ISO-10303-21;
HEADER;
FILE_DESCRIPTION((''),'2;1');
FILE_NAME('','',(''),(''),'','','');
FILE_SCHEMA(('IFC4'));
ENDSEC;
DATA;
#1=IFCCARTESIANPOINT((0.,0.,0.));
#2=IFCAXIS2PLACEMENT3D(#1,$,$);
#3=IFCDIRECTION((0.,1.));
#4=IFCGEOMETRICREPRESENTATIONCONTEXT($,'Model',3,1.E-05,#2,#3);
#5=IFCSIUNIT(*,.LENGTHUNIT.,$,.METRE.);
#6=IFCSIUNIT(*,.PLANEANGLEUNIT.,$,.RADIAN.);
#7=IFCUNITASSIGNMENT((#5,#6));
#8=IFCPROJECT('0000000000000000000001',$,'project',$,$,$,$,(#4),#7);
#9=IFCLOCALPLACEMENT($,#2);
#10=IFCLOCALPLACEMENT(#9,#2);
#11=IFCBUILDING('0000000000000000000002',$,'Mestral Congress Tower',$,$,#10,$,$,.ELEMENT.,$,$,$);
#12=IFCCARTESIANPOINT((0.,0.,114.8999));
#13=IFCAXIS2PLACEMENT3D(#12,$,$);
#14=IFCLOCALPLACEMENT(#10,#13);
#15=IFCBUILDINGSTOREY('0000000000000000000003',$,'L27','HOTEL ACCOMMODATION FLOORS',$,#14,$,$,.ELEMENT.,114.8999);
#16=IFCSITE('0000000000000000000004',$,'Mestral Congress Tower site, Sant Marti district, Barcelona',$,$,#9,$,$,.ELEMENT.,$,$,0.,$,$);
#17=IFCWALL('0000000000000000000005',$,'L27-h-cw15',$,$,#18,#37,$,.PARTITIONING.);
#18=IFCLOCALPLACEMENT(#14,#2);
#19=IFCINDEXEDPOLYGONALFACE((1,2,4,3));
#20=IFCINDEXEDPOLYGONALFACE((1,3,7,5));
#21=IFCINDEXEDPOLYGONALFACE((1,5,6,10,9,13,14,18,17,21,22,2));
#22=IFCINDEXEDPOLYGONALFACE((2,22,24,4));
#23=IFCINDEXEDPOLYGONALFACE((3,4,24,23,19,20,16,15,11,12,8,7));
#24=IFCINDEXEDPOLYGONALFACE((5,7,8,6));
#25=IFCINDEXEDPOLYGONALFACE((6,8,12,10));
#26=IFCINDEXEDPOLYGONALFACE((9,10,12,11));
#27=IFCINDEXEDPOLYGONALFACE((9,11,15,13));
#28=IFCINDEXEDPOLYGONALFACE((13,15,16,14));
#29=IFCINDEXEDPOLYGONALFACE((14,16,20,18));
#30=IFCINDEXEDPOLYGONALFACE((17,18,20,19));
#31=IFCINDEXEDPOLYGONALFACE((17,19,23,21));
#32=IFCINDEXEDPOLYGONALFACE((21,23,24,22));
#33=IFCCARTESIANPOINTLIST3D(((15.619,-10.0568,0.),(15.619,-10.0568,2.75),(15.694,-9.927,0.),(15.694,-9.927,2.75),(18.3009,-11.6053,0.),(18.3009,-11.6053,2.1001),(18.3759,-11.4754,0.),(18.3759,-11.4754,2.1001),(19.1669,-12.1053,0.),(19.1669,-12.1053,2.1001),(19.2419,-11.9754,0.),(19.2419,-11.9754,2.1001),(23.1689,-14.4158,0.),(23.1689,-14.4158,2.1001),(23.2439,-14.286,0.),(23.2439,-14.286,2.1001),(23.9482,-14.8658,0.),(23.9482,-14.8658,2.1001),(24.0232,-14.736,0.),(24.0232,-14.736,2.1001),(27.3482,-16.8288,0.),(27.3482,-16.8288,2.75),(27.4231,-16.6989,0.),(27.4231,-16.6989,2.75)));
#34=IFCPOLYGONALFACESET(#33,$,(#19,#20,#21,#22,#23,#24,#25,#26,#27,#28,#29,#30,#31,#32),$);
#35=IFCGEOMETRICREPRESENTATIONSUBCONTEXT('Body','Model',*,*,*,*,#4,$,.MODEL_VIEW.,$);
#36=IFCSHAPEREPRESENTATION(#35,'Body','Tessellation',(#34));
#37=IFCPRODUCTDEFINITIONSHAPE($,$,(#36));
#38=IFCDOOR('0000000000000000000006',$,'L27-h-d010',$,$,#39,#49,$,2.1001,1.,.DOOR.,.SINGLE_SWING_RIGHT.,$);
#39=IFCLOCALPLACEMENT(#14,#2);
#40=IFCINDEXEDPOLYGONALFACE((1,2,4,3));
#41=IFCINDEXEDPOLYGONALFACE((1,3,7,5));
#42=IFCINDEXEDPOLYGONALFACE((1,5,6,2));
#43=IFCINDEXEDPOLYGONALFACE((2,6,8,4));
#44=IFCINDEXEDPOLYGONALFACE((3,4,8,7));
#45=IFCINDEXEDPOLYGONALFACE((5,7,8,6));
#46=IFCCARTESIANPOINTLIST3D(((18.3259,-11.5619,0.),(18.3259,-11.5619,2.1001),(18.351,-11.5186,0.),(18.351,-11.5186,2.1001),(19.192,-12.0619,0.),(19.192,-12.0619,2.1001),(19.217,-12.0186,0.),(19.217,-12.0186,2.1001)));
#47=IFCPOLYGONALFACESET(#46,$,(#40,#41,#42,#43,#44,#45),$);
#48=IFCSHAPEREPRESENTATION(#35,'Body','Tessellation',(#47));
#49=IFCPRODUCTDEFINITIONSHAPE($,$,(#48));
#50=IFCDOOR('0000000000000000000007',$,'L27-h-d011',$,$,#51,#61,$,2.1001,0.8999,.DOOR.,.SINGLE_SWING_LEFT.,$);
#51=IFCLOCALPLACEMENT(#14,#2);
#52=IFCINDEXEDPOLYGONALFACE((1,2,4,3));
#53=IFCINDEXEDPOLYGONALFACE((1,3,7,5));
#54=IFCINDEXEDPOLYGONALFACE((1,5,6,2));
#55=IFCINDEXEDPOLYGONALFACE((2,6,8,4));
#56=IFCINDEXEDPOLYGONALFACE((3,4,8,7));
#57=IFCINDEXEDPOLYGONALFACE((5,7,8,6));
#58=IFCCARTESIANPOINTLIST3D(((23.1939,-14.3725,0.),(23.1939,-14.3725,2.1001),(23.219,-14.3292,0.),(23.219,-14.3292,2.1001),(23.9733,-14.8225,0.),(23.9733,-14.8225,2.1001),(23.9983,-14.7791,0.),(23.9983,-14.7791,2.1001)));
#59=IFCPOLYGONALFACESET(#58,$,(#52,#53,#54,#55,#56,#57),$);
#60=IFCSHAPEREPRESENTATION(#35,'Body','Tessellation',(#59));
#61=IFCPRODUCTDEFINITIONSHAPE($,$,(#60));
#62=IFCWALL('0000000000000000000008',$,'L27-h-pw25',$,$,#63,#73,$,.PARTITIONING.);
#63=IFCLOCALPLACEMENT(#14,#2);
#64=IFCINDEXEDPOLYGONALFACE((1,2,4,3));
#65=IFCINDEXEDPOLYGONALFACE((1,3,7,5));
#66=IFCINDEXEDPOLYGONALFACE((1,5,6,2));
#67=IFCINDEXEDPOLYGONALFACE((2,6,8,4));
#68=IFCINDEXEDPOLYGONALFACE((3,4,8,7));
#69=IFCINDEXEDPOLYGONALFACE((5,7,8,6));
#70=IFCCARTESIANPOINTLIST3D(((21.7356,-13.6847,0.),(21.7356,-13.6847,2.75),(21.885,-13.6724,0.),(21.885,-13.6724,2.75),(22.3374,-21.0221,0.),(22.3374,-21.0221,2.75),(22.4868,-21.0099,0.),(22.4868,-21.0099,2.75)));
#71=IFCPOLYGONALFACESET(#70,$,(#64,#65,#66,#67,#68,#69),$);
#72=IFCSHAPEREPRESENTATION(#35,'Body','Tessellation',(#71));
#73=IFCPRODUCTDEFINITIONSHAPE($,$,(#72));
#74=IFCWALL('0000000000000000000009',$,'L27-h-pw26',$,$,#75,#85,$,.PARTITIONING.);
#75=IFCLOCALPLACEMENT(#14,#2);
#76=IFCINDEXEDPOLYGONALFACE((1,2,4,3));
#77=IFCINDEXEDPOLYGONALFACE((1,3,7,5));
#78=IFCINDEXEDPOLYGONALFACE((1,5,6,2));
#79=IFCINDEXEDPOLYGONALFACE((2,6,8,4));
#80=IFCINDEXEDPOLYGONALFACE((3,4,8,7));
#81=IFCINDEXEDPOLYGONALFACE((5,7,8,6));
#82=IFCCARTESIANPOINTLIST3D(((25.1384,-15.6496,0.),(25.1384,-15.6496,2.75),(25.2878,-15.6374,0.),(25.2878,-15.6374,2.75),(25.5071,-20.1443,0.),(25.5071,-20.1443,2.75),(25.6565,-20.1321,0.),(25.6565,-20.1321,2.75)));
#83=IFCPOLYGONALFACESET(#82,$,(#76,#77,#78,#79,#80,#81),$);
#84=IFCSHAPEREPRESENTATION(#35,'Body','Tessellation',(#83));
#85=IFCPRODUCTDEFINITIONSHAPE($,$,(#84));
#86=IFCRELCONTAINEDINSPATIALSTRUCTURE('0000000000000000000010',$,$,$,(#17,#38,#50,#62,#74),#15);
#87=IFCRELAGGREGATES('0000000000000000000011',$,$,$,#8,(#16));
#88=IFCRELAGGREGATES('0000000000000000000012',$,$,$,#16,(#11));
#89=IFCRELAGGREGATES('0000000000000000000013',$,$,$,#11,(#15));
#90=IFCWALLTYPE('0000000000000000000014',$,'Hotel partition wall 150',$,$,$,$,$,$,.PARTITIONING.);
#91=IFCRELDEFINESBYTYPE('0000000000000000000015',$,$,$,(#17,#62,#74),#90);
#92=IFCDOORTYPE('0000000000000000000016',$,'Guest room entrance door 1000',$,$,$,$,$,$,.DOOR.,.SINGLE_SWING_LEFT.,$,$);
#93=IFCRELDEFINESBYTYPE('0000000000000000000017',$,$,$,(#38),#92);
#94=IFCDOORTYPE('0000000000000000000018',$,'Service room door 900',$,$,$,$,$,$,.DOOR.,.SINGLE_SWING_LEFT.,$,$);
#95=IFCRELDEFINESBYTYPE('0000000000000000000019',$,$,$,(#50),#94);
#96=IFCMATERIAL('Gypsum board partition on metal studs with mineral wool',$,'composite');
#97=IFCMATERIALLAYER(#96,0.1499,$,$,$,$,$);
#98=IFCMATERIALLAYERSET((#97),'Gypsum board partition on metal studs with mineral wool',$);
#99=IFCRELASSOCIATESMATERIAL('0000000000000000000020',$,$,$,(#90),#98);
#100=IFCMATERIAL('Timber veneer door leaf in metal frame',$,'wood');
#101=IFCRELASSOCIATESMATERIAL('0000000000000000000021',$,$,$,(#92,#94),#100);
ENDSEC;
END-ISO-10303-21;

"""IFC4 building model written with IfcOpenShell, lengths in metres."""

from ifc_helpers import new_model, si_unit, direction, frame, frame_2d, origin, place, context, subcontext, project, spatial, rectangle, extrude, material, layer, layer_set, type_object, element, fill, save


model = new_model("IFC4")

# Units and contexts
model_context = context("Model", 3, precision=1e-05, world=origin(), true_north=direction((0.0, 1.0)))
body_context = subcontext(model_context, "Body", "Model", "MODEL_VIEW")
ifc_project = project(units=[si_unit("LENGTHUNIT", "METRE"), si_unit("PLANEANGLEUNIT", "RADIAN")], contexts=[model_context])

# Site, building, storey
site_placement = place(None, origin())
site = spatial("IfcSite", under=ifc_project, at=site_placement, Name="Mestral Congress Tower site, Sant Marti district, Barcelona", CompositionType="ELEMENT", RefElevation=0.0)
building_placement = place(site_placement, origin())
building = spatial("IfcBuilding", under=site, at=building_placement, Name="Mestral Congress Tower", CompositionType="ELEMENT")
storey_placement = place(building_placement, frame((0.0, 0.0, 114.8999)))
storey = spatial("IfcBuildingStorey", under=building, at=storey_placement, Name="L27", Description="HOTEL ACCOMMODATION FLOORS", CompositionType="ELEMENT", Elevation=114.8999)

# Shared definitions
ifc_material_1 = material(Name="Gypsum board partition on metal studs with mineral wool", Category="composite")

# Wall, openings, doors
ifc_layer_1 = layer(ifc_material_1, 0.1499)
ifc_layer_set_1 = layer_set([ifc_layer_1], Name="Gypsum board partition on metal studs with mineral wool")
wall_type_1 = type_object("IfcWallType", Name="Hotel partition wall 150", PredefinedType="PARTITIONING", material=ifc_layer_set_1)
wall_1_placement = place(storey_placement, frame((27.3857, -16.7639, 0.0), z_axis=(0.0, 0.0, 1.0), x_axis=(-0.866023, 0.500005, 0.0)))
wall_1 = element("IfcWall", 1, at=wall_1_placement, inside=storey, type_object=wall_type_1, Name="L27-h-cw15", PredefinedType="PARTITIONING", context=body_context, shape_type="SweptSolid", body=[
    extrude(rectangle(XDim=13.5437, YDim=0.1499, at=frame_2d((6.772, 0.0))), origin(), (0.0, 0.0, 1.0), 2.75),
])
opening_1_placement = place(wall_1_placement, frame((9.447, 0.0, 0.0)))
opening_1 = element("IfcOpeningElement", 2, at=opening_1_placement, cuts=wall_1, PredefinedType="OPENING", context=body_context, shape_type="SweptSolid", body=[
    extrude(rectangle(XDim=1.0, YDim=2.1001, at=frame_2d((0.5, 1.05))), frame((0.0, 0.085, 0.0), z_axis=(0.0, -1.0, 0.0), x_axis=(1.0, 0.0, 0.0)), (0.0, 0.0, 1.0), 0.1699),
])
opening_2_placement = place(wall_1_placement, frame((3.926, 0.0, 0.0)))
opening_2 = element("IfcOpeningElement", 3, at=opening_2_placement, cuts=wall_1, PredefinedType="OPENING", context=body_context, shape_type="SweptSolid", body=[
    extrude(rectangle(XDim=0.8999, YDim=2.1001, at=frame_2d((0.45, 1.05))), frame((0.0, 0.085, 0.0), z_axis=(0.0, -1.0, 0.0), x_axis=(1.0, 0.0, 0.0)), (0.0, 0.0, 1.0), 0.1699),
])
ifc_material_2 = material(Name="Timber veneer door leaf in metal frame", Category="wood")
door_type_1 = type_object("IfcDoorType", Name="Guest room entrance door 1000", OperationType="SINGLE_SWING_LEFT", PredefinedType="DOOR", material=ifc_material_2)
door_1_placement = place(opening_1_placement, origin())
door_1 = element("IfcDoor", 4, at=door_1_placement, inside=storey, type_object=door_type_1, Name="L27-h-d010", OperationType="SINGLE_SWING_RIGHT", OverallHeight=2.1001, OverallWidth=1.0, PredefinedType="DOOR", context=body_context, shape_type="SweptSolid", body=[
    extrude(rectangle(XDim=1.0, YDim=2.1001, at=frame_2d((0.5, 1.05))), frame((0.0, 0.0249, 0.0), z_axis=(0.0, -1.0, 0.0), x_axis=(1.0, 0.0, 0.0)), (0.0, 0.0, 1.0), 0.05),
])
fill(opening_1, door_1)
door_type_2 = type_object("IfcDoorType", Name="Service room door 900", OperationType="SINGLE_SWING_LEFT", PredefinedType="DOOR", material=ifc_material_2)
door_2_placement = place(opening_2_placement, origin())
door_2 = element("IfcDoor", 5, at=door_2_placement, inside=storey, type_object=door_type_2, Name="L27-h-d011", OperationType="SINGLE_SWING_LEFT", OverallHeight=2.1001, OverallWidth=0.8999, PredefinedType="DOOR", context=body_context, shape_type="SweptSolid", body=[
    extrude(rectangle(XDim=0.8999, YDim=2.1001, at=frame_2d((0.45, 1.05))), frame((0.0, 0.0249, 0.0), z_axis=(0.0, -1.0, 0.0), x_axis=(1.0, 0.0, 0.0)), (0.0, 0.0, 1.0), 0.05),
])
fill(opening_2, door_2)

# Walls
wall_2_placement = place(storey_placement, frame((22.4121, -21.0161, 0.0), z_axis=(0.0, 0.0, 1.0), x_axis=(-0.081745, 0.996653, 0.0)))
element("IfcWall", 6, at=wall_2_placement, inside=storey, type_object=wall_type_1, Name="L27-h-pw25", PredefinedType="PARTITIONING", context=body_context, shape_type="SweptSolid", body=[
    extrude(rectangle(XDim=7.3621, YDim=0.1499, at=frame_2d((3.6812, 0.0))), origin(), (0.0, 0.0, 1.0), 2.75),
])
wall_3_placement = place(storey_placement, frame((25.5818, -20.1382, 0.0), z_axis=(0.0, 0.0, 1.0), x_axis=(-0.081746, 0.996653, 0.0)))
element("IfcWall", 7, at=wall_3_placement, inside=storey, type_object=wall_type_1, Name="L27-h-pw26", PredefinedType="PARTITIONING", context=body_context, shape_type="SweptSolid", body=[
    extrude(rectangle(XDim=4.5098, YDim=0.1499, at=frame_2d((2.2549, 0.0))), origin(), (0.0, 0.0, 1.0), 2.75),
])

save(model, "model.ifc")
